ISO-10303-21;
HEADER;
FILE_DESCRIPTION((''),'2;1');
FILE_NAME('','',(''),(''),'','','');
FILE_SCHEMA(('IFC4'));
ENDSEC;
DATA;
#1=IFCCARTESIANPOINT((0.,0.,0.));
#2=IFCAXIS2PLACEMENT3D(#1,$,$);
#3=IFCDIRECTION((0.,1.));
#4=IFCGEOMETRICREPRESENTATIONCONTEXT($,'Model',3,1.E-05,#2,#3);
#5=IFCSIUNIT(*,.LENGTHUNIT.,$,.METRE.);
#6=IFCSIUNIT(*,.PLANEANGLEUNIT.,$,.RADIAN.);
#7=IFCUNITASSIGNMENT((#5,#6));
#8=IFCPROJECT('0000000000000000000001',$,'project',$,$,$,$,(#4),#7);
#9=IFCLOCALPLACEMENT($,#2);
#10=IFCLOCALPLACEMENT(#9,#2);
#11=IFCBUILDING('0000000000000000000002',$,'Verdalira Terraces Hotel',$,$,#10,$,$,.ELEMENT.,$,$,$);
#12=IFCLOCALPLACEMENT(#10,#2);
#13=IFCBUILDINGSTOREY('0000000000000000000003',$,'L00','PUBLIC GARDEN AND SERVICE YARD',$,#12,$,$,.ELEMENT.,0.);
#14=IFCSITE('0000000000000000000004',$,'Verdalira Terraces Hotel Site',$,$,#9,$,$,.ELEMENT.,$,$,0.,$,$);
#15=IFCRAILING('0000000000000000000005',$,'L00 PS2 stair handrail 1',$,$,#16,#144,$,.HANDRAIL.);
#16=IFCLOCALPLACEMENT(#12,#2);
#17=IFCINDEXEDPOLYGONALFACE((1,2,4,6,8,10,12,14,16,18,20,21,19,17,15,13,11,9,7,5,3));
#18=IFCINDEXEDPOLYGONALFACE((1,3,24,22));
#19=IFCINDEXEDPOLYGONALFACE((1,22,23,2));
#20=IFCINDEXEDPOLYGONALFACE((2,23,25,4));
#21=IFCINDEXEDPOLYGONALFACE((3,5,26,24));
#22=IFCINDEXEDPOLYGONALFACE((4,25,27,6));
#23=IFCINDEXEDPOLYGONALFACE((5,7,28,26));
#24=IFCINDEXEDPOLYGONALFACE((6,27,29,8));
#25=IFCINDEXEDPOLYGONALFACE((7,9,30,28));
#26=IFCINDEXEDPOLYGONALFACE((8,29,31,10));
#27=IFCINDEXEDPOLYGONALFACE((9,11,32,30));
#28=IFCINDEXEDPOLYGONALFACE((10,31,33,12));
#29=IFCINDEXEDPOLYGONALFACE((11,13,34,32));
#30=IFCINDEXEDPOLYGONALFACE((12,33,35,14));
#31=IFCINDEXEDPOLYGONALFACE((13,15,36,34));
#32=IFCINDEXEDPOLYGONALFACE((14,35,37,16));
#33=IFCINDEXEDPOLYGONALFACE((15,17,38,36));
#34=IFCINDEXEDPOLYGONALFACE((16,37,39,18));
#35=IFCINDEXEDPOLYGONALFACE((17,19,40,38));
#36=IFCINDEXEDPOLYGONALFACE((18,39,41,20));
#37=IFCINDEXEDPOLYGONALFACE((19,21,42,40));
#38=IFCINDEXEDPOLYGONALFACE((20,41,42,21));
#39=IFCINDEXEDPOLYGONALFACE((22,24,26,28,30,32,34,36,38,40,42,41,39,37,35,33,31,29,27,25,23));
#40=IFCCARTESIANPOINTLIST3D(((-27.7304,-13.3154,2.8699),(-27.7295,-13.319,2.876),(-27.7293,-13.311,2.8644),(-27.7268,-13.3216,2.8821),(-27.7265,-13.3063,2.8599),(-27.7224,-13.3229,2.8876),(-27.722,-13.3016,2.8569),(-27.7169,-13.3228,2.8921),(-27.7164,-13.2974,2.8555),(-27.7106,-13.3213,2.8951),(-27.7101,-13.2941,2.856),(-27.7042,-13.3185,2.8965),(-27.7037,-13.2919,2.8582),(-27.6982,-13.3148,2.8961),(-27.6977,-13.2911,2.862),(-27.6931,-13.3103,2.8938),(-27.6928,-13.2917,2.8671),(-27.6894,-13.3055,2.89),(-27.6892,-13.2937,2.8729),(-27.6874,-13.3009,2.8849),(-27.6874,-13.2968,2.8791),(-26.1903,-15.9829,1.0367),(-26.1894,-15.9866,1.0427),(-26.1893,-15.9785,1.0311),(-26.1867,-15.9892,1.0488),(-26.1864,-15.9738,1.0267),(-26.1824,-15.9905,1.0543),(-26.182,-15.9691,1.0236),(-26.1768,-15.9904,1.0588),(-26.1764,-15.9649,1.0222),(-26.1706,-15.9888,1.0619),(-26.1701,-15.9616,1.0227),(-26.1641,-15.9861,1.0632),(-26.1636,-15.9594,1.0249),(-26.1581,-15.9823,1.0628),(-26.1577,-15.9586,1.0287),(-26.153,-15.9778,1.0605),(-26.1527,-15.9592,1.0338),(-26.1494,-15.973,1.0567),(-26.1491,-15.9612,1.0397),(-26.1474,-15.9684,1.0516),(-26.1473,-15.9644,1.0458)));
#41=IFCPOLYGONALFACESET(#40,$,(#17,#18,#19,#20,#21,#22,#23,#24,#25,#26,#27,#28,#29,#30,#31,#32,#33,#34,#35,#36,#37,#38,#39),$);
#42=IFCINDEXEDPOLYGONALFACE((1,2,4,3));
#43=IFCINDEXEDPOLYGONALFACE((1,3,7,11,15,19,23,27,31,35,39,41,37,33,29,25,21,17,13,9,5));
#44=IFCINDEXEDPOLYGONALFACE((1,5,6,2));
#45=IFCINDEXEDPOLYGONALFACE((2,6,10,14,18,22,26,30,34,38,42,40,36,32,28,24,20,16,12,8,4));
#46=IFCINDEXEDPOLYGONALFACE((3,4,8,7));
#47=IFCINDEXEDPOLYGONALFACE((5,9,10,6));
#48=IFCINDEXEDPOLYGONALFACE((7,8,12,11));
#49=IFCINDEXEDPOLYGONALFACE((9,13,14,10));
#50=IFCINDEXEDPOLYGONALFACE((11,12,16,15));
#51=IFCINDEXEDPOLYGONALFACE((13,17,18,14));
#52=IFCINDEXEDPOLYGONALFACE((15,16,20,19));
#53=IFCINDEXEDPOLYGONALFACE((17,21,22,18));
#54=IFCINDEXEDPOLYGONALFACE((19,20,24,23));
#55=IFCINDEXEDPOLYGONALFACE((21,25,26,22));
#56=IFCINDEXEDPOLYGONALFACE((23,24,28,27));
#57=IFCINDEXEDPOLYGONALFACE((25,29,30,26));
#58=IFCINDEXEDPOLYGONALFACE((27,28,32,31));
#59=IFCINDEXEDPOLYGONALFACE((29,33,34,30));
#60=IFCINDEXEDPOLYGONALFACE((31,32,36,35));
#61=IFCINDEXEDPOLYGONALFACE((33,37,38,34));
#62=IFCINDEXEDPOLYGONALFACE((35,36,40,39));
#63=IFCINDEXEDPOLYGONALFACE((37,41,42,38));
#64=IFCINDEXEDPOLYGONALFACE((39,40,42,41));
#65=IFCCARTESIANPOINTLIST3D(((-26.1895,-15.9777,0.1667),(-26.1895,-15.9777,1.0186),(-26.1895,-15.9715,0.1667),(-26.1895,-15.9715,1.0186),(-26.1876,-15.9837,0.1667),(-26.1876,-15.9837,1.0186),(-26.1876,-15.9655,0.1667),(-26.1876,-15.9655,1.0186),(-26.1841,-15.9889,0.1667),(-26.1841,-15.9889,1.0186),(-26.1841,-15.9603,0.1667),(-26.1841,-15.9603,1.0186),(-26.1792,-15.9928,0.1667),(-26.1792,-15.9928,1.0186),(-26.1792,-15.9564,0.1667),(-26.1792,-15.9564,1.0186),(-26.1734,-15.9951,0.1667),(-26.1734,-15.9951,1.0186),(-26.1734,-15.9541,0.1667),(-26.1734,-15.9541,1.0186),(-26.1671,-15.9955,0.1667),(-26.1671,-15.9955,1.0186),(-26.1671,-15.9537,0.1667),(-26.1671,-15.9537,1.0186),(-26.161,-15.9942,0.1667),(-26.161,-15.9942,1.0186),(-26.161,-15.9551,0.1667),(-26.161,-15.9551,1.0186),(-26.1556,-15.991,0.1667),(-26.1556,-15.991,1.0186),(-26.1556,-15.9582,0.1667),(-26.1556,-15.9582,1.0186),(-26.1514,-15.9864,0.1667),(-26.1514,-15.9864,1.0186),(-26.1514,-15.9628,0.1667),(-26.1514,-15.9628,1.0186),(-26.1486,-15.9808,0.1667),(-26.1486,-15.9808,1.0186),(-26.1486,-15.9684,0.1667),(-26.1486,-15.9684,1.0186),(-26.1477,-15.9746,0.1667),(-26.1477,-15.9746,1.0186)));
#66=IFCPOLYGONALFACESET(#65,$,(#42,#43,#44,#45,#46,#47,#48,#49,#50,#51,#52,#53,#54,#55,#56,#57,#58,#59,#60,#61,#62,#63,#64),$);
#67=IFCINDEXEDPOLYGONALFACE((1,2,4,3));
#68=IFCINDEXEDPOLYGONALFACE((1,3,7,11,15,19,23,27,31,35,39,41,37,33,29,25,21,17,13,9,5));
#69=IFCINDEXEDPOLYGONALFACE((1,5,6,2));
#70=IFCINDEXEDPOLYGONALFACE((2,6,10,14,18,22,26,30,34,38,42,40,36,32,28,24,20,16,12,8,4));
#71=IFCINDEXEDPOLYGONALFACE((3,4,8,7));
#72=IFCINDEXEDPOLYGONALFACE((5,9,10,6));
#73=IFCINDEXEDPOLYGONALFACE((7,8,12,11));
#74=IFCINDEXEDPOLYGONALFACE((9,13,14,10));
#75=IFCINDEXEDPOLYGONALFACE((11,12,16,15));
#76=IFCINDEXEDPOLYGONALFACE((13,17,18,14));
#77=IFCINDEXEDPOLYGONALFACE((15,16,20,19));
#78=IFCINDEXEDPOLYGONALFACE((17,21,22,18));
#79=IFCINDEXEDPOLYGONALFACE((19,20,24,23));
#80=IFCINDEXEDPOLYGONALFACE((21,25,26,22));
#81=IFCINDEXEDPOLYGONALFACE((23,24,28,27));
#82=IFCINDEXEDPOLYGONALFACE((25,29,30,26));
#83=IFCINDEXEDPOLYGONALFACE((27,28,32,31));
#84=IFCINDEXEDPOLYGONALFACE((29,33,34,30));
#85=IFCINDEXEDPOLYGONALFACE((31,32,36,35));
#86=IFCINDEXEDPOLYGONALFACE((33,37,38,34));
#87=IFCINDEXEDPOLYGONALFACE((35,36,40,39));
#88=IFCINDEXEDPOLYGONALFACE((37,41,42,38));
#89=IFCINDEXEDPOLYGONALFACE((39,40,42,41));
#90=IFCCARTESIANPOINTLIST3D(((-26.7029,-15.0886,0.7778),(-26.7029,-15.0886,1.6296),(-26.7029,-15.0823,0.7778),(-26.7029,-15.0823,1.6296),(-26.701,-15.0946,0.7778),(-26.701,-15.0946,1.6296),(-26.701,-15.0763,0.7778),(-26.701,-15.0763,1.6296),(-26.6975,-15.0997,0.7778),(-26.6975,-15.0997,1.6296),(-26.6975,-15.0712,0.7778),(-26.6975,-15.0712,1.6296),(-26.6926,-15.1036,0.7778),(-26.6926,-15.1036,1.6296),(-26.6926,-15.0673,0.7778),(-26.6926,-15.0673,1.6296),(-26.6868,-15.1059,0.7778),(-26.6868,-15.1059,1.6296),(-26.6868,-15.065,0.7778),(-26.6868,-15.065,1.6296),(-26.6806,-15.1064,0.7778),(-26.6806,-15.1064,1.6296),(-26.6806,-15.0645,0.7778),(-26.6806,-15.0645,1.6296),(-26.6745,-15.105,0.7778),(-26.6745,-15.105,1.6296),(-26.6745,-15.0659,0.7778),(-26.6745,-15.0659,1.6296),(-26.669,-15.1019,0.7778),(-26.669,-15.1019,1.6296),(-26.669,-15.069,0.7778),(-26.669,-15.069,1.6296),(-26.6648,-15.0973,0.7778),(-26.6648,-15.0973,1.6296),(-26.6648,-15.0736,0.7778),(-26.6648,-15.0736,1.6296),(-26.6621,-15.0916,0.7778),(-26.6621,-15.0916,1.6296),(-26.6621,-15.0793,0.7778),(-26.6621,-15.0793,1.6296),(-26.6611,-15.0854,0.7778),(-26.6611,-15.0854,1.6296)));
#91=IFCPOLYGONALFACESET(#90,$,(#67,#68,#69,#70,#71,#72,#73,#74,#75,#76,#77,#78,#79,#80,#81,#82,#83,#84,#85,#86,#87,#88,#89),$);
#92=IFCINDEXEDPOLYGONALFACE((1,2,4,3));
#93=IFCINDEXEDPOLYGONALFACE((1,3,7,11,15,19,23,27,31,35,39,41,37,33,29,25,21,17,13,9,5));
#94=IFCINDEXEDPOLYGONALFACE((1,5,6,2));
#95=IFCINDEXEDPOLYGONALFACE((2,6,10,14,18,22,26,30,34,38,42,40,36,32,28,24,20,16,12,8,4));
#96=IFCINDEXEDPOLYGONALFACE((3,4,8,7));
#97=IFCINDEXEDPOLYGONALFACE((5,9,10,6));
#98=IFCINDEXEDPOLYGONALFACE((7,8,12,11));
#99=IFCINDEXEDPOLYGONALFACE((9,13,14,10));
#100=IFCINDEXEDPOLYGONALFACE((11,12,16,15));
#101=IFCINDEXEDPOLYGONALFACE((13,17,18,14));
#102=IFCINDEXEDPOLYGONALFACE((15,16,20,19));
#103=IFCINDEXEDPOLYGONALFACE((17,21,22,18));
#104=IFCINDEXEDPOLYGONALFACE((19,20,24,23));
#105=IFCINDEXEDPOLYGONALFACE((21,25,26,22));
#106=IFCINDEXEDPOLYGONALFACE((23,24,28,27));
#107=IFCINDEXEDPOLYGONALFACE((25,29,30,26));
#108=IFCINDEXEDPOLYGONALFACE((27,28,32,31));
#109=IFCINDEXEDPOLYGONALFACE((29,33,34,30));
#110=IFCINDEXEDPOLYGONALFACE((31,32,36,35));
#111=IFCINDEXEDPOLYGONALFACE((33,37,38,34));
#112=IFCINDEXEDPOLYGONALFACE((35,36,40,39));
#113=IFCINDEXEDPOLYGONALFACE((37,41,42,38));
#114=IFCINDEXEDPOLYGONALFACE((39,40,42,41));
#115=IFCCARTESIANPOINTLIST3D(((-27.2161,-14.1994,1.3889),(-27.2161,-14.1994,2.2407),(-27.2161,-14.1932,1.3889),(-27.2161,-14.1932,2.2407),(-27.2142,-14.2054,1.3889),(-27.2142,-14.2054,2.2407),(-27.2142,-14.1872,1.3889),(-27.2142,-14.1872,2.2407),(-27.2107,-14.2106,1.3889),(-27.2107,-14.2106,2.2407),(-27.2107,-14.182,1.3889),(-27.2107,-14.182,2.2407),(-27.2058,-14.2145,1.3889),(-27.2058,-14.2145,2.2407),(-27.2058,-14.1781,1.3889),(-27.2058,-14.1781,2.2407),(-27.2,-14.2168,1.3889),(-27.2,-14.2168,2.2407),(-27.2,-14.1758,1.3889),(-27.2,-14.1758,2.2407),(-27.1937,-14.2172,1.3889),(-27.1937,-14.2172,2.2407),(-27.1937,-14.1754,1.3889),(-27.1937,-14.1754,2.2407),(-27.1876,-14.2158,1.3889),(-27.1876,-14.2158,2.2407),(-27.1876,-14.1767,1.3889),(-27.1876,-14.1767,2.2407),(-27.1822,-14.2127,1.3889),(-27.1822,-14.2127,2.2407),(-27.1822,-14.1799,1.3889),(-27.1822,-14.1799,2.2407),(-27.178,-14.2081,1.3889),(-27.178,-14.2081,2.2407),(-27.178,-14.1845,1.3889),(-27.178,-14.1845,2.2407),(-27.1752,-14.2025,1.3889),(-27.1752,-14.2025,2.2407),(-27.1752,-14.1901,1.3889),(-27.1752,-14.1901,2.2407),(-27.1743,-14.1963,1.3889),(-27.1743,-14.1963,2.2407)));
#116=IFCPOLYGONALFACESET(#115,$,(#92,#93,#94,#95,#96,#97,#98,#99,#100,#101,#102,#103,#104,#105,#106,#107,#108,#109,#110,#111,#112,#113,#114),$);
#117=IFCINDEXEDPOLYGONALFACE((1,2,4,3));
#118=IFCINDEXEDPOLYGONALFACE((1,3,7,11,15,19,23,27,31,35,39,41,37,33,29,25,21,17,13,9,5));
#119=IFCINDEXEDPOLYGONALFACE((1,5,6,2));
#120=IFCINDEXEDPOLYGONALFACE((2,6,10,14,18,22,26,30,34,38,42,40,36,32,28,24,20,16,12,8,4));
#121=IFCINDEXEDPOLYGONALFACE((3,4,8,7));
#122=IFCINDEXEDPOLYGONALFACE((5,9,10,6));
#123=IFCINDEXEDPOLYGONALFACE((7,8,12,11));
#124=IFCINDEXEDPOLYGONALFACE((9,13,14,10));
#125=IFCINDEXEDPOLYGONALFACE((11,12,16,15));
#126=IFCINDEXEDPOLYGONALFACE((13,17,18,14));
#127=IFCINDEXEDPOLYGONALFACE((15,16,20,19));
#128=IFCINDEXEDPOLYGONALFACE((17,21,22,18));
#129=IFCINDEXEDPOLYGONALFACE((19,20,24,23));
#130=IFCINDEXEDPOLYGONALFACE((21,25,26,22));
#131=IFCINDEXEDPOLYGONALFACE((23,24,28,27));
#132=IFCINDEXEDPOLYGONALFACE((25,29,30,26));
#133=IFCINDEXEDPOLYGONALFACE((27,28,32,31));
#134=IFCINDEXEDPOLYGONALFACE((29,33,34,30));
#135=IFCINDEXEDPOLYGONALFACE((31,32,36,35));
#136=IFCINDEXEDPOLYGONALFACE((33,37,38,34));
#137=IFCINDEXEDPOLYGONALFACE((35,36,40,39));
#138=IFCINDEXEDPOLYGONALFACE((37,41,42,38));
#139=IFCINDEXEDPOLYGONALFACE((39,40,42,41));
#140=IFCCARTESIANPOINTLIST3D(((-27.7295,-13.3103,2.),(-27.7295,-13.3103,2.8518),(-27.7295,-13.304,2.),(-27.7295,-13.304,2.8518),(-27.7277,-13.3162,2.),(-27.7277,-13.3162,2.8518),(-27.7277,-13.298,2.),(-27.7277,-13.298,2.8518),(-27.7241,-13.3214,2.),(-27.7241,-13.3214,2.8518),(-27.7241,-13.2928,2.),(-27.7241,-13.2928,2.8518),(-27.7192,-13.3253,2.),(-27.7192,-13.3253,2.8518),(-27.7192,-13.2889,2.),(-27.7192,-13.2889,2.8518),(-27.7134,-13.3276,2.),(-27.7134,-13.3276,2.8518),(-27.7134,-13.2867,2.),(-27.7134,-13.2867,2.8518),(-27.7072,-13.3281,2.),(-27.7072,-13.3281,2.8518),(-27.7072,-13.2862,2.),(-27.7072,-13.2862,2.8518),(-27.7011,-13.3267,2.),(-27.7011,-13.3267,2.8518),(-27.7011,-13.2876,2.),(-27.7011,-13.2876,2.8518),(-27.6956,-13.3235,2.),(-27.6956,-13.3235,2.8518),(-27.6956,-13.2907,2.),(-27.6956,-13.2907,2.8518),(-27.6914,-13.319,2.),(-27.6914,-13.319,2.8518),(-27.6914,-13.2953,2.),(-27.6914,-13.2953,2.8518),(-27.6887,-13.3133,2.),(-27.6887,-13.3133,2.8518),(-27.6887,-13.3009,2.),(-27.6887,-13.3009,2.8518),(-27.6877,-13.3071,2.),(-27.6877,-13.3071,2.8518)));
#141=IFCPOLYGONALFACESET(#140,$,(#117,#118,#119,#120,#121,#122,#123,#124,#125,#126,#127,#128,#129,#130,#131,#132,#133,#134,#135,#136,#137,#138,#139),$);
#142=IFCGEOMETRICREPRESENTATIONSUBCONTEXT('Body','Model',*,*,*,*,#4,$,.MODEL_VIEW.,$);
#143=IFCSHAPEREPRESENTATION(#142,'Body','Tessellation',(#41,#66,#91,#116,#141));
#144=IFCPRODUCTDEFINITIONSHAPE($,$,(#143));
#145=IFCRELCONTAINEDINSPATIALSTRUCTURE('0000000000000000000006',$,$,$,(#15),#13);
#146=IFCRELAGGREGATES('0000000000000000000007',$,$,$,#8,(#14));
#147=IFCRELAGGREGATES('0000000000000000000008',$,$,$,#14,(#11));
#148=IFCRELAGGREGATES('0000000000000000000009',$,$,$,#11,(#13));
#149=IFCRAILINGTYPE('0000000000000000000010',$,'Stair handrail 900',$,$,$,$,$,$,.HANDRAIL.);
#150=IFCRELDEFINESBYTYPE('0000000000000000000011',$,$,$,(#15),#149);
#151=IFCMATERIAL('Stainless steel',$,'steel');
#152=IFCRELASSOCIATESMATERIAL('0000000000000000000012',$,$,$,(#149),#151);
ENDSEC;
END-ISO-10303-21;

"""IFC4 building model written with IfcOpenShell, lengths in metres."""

from ifc_helpers import new_model, si_unit, direction, frame, origin, origin_2d, place, context, subcontext, project, spatial, circle, extrude, material, type_object, element, save


model = new_model("IFC4")

# Units and contexts
model_context = context("Model", 3, precision=1e-05, world=origin(), true_north=direction((0.0, 1.0)))
body_context = subcontext(model_context, "Body", "Model", "MODEL_VIEW")
ifc_project = project(units=[si_unit("LENGTHUNIT", "METRE"), si_unit("PLANEANGLEUNIT", "RADIAN")], contexts=[model_context])

# Site, building, storey
site_placement = place(None, origin())
site = spatial("IfcSite", under=ifc_project, at=site_placement, Name="Verdalira Terraces Hotel Site", CompositionType="ELEMENT", RefElevation=0.0)
building_placement = place(site_placement, origin())
building = spatial("IfcBuilding", under=site, at=building_placement, Name="Verdalira Terraces Hotel", CompositionType="ELEMENT")
storey_placement = place(building_placement, origin())
storey = spatial("IfcBuildingStorey", under=building, at=storey_placement, Name="L00", Description="PUBLIC GARDEN AND SERVICE YARD", CompositionType="ELEMENT", Elevation=0.0)

# Railing
ifc_material_1 = material(Name="Stainless steel", Category="steel")
railing_type = type_object("IfcRailingType", Name="Stair handrail 900", PredefinedType="HANDRAIL", material=ifc_material_1)
for number, where, name in (
    (1, (-26.1687, -15.9746, 0.1667), "L00 PS2 stair handrail 1"),
):
    element("IfcRailing", number, at=place(storey_placement, frame(where)), inside=storey, type_object=railing_type, Name=name, PredefinedType="HANDRAIL", context=body_context, shape_type="SweptSolid", body=[
        extrude(circle(Radius=0.0239, at=origin_2d()), frame((0.0, 0.0, 0.876), z_axis=(-0.429649, 0.74419, 0.511452), x_axis=(-0.86603, -0.499992, 0.0)), (0.0, 0.0, 1.0), 3.5845),
        extrude(circle(Radius=0.021, at=origin_2d()), origin(), (0.0, 0.0, 1.0), 0.8518),
        extrude(circle(Radius=0.021, at=origin_2d()), frame((-0.5134, 0.8892, 0.6111)), (0.0, 0.0, 1.0), 0.8518),
        extrude(circle(Radius=0.021, at=origin_2d()), frame((-1.0266, 1.7783, 1.2222)), (0.0, 0.0, 1.0), 0.8518),
        extrude(circle(Radius=0.021, at=origin_2d()), frame((-1.54, 2.6675, 1.8333)), (0.0, 0.0, 1.0), 0.8518),
    ])

save(model, "model.ifc")
